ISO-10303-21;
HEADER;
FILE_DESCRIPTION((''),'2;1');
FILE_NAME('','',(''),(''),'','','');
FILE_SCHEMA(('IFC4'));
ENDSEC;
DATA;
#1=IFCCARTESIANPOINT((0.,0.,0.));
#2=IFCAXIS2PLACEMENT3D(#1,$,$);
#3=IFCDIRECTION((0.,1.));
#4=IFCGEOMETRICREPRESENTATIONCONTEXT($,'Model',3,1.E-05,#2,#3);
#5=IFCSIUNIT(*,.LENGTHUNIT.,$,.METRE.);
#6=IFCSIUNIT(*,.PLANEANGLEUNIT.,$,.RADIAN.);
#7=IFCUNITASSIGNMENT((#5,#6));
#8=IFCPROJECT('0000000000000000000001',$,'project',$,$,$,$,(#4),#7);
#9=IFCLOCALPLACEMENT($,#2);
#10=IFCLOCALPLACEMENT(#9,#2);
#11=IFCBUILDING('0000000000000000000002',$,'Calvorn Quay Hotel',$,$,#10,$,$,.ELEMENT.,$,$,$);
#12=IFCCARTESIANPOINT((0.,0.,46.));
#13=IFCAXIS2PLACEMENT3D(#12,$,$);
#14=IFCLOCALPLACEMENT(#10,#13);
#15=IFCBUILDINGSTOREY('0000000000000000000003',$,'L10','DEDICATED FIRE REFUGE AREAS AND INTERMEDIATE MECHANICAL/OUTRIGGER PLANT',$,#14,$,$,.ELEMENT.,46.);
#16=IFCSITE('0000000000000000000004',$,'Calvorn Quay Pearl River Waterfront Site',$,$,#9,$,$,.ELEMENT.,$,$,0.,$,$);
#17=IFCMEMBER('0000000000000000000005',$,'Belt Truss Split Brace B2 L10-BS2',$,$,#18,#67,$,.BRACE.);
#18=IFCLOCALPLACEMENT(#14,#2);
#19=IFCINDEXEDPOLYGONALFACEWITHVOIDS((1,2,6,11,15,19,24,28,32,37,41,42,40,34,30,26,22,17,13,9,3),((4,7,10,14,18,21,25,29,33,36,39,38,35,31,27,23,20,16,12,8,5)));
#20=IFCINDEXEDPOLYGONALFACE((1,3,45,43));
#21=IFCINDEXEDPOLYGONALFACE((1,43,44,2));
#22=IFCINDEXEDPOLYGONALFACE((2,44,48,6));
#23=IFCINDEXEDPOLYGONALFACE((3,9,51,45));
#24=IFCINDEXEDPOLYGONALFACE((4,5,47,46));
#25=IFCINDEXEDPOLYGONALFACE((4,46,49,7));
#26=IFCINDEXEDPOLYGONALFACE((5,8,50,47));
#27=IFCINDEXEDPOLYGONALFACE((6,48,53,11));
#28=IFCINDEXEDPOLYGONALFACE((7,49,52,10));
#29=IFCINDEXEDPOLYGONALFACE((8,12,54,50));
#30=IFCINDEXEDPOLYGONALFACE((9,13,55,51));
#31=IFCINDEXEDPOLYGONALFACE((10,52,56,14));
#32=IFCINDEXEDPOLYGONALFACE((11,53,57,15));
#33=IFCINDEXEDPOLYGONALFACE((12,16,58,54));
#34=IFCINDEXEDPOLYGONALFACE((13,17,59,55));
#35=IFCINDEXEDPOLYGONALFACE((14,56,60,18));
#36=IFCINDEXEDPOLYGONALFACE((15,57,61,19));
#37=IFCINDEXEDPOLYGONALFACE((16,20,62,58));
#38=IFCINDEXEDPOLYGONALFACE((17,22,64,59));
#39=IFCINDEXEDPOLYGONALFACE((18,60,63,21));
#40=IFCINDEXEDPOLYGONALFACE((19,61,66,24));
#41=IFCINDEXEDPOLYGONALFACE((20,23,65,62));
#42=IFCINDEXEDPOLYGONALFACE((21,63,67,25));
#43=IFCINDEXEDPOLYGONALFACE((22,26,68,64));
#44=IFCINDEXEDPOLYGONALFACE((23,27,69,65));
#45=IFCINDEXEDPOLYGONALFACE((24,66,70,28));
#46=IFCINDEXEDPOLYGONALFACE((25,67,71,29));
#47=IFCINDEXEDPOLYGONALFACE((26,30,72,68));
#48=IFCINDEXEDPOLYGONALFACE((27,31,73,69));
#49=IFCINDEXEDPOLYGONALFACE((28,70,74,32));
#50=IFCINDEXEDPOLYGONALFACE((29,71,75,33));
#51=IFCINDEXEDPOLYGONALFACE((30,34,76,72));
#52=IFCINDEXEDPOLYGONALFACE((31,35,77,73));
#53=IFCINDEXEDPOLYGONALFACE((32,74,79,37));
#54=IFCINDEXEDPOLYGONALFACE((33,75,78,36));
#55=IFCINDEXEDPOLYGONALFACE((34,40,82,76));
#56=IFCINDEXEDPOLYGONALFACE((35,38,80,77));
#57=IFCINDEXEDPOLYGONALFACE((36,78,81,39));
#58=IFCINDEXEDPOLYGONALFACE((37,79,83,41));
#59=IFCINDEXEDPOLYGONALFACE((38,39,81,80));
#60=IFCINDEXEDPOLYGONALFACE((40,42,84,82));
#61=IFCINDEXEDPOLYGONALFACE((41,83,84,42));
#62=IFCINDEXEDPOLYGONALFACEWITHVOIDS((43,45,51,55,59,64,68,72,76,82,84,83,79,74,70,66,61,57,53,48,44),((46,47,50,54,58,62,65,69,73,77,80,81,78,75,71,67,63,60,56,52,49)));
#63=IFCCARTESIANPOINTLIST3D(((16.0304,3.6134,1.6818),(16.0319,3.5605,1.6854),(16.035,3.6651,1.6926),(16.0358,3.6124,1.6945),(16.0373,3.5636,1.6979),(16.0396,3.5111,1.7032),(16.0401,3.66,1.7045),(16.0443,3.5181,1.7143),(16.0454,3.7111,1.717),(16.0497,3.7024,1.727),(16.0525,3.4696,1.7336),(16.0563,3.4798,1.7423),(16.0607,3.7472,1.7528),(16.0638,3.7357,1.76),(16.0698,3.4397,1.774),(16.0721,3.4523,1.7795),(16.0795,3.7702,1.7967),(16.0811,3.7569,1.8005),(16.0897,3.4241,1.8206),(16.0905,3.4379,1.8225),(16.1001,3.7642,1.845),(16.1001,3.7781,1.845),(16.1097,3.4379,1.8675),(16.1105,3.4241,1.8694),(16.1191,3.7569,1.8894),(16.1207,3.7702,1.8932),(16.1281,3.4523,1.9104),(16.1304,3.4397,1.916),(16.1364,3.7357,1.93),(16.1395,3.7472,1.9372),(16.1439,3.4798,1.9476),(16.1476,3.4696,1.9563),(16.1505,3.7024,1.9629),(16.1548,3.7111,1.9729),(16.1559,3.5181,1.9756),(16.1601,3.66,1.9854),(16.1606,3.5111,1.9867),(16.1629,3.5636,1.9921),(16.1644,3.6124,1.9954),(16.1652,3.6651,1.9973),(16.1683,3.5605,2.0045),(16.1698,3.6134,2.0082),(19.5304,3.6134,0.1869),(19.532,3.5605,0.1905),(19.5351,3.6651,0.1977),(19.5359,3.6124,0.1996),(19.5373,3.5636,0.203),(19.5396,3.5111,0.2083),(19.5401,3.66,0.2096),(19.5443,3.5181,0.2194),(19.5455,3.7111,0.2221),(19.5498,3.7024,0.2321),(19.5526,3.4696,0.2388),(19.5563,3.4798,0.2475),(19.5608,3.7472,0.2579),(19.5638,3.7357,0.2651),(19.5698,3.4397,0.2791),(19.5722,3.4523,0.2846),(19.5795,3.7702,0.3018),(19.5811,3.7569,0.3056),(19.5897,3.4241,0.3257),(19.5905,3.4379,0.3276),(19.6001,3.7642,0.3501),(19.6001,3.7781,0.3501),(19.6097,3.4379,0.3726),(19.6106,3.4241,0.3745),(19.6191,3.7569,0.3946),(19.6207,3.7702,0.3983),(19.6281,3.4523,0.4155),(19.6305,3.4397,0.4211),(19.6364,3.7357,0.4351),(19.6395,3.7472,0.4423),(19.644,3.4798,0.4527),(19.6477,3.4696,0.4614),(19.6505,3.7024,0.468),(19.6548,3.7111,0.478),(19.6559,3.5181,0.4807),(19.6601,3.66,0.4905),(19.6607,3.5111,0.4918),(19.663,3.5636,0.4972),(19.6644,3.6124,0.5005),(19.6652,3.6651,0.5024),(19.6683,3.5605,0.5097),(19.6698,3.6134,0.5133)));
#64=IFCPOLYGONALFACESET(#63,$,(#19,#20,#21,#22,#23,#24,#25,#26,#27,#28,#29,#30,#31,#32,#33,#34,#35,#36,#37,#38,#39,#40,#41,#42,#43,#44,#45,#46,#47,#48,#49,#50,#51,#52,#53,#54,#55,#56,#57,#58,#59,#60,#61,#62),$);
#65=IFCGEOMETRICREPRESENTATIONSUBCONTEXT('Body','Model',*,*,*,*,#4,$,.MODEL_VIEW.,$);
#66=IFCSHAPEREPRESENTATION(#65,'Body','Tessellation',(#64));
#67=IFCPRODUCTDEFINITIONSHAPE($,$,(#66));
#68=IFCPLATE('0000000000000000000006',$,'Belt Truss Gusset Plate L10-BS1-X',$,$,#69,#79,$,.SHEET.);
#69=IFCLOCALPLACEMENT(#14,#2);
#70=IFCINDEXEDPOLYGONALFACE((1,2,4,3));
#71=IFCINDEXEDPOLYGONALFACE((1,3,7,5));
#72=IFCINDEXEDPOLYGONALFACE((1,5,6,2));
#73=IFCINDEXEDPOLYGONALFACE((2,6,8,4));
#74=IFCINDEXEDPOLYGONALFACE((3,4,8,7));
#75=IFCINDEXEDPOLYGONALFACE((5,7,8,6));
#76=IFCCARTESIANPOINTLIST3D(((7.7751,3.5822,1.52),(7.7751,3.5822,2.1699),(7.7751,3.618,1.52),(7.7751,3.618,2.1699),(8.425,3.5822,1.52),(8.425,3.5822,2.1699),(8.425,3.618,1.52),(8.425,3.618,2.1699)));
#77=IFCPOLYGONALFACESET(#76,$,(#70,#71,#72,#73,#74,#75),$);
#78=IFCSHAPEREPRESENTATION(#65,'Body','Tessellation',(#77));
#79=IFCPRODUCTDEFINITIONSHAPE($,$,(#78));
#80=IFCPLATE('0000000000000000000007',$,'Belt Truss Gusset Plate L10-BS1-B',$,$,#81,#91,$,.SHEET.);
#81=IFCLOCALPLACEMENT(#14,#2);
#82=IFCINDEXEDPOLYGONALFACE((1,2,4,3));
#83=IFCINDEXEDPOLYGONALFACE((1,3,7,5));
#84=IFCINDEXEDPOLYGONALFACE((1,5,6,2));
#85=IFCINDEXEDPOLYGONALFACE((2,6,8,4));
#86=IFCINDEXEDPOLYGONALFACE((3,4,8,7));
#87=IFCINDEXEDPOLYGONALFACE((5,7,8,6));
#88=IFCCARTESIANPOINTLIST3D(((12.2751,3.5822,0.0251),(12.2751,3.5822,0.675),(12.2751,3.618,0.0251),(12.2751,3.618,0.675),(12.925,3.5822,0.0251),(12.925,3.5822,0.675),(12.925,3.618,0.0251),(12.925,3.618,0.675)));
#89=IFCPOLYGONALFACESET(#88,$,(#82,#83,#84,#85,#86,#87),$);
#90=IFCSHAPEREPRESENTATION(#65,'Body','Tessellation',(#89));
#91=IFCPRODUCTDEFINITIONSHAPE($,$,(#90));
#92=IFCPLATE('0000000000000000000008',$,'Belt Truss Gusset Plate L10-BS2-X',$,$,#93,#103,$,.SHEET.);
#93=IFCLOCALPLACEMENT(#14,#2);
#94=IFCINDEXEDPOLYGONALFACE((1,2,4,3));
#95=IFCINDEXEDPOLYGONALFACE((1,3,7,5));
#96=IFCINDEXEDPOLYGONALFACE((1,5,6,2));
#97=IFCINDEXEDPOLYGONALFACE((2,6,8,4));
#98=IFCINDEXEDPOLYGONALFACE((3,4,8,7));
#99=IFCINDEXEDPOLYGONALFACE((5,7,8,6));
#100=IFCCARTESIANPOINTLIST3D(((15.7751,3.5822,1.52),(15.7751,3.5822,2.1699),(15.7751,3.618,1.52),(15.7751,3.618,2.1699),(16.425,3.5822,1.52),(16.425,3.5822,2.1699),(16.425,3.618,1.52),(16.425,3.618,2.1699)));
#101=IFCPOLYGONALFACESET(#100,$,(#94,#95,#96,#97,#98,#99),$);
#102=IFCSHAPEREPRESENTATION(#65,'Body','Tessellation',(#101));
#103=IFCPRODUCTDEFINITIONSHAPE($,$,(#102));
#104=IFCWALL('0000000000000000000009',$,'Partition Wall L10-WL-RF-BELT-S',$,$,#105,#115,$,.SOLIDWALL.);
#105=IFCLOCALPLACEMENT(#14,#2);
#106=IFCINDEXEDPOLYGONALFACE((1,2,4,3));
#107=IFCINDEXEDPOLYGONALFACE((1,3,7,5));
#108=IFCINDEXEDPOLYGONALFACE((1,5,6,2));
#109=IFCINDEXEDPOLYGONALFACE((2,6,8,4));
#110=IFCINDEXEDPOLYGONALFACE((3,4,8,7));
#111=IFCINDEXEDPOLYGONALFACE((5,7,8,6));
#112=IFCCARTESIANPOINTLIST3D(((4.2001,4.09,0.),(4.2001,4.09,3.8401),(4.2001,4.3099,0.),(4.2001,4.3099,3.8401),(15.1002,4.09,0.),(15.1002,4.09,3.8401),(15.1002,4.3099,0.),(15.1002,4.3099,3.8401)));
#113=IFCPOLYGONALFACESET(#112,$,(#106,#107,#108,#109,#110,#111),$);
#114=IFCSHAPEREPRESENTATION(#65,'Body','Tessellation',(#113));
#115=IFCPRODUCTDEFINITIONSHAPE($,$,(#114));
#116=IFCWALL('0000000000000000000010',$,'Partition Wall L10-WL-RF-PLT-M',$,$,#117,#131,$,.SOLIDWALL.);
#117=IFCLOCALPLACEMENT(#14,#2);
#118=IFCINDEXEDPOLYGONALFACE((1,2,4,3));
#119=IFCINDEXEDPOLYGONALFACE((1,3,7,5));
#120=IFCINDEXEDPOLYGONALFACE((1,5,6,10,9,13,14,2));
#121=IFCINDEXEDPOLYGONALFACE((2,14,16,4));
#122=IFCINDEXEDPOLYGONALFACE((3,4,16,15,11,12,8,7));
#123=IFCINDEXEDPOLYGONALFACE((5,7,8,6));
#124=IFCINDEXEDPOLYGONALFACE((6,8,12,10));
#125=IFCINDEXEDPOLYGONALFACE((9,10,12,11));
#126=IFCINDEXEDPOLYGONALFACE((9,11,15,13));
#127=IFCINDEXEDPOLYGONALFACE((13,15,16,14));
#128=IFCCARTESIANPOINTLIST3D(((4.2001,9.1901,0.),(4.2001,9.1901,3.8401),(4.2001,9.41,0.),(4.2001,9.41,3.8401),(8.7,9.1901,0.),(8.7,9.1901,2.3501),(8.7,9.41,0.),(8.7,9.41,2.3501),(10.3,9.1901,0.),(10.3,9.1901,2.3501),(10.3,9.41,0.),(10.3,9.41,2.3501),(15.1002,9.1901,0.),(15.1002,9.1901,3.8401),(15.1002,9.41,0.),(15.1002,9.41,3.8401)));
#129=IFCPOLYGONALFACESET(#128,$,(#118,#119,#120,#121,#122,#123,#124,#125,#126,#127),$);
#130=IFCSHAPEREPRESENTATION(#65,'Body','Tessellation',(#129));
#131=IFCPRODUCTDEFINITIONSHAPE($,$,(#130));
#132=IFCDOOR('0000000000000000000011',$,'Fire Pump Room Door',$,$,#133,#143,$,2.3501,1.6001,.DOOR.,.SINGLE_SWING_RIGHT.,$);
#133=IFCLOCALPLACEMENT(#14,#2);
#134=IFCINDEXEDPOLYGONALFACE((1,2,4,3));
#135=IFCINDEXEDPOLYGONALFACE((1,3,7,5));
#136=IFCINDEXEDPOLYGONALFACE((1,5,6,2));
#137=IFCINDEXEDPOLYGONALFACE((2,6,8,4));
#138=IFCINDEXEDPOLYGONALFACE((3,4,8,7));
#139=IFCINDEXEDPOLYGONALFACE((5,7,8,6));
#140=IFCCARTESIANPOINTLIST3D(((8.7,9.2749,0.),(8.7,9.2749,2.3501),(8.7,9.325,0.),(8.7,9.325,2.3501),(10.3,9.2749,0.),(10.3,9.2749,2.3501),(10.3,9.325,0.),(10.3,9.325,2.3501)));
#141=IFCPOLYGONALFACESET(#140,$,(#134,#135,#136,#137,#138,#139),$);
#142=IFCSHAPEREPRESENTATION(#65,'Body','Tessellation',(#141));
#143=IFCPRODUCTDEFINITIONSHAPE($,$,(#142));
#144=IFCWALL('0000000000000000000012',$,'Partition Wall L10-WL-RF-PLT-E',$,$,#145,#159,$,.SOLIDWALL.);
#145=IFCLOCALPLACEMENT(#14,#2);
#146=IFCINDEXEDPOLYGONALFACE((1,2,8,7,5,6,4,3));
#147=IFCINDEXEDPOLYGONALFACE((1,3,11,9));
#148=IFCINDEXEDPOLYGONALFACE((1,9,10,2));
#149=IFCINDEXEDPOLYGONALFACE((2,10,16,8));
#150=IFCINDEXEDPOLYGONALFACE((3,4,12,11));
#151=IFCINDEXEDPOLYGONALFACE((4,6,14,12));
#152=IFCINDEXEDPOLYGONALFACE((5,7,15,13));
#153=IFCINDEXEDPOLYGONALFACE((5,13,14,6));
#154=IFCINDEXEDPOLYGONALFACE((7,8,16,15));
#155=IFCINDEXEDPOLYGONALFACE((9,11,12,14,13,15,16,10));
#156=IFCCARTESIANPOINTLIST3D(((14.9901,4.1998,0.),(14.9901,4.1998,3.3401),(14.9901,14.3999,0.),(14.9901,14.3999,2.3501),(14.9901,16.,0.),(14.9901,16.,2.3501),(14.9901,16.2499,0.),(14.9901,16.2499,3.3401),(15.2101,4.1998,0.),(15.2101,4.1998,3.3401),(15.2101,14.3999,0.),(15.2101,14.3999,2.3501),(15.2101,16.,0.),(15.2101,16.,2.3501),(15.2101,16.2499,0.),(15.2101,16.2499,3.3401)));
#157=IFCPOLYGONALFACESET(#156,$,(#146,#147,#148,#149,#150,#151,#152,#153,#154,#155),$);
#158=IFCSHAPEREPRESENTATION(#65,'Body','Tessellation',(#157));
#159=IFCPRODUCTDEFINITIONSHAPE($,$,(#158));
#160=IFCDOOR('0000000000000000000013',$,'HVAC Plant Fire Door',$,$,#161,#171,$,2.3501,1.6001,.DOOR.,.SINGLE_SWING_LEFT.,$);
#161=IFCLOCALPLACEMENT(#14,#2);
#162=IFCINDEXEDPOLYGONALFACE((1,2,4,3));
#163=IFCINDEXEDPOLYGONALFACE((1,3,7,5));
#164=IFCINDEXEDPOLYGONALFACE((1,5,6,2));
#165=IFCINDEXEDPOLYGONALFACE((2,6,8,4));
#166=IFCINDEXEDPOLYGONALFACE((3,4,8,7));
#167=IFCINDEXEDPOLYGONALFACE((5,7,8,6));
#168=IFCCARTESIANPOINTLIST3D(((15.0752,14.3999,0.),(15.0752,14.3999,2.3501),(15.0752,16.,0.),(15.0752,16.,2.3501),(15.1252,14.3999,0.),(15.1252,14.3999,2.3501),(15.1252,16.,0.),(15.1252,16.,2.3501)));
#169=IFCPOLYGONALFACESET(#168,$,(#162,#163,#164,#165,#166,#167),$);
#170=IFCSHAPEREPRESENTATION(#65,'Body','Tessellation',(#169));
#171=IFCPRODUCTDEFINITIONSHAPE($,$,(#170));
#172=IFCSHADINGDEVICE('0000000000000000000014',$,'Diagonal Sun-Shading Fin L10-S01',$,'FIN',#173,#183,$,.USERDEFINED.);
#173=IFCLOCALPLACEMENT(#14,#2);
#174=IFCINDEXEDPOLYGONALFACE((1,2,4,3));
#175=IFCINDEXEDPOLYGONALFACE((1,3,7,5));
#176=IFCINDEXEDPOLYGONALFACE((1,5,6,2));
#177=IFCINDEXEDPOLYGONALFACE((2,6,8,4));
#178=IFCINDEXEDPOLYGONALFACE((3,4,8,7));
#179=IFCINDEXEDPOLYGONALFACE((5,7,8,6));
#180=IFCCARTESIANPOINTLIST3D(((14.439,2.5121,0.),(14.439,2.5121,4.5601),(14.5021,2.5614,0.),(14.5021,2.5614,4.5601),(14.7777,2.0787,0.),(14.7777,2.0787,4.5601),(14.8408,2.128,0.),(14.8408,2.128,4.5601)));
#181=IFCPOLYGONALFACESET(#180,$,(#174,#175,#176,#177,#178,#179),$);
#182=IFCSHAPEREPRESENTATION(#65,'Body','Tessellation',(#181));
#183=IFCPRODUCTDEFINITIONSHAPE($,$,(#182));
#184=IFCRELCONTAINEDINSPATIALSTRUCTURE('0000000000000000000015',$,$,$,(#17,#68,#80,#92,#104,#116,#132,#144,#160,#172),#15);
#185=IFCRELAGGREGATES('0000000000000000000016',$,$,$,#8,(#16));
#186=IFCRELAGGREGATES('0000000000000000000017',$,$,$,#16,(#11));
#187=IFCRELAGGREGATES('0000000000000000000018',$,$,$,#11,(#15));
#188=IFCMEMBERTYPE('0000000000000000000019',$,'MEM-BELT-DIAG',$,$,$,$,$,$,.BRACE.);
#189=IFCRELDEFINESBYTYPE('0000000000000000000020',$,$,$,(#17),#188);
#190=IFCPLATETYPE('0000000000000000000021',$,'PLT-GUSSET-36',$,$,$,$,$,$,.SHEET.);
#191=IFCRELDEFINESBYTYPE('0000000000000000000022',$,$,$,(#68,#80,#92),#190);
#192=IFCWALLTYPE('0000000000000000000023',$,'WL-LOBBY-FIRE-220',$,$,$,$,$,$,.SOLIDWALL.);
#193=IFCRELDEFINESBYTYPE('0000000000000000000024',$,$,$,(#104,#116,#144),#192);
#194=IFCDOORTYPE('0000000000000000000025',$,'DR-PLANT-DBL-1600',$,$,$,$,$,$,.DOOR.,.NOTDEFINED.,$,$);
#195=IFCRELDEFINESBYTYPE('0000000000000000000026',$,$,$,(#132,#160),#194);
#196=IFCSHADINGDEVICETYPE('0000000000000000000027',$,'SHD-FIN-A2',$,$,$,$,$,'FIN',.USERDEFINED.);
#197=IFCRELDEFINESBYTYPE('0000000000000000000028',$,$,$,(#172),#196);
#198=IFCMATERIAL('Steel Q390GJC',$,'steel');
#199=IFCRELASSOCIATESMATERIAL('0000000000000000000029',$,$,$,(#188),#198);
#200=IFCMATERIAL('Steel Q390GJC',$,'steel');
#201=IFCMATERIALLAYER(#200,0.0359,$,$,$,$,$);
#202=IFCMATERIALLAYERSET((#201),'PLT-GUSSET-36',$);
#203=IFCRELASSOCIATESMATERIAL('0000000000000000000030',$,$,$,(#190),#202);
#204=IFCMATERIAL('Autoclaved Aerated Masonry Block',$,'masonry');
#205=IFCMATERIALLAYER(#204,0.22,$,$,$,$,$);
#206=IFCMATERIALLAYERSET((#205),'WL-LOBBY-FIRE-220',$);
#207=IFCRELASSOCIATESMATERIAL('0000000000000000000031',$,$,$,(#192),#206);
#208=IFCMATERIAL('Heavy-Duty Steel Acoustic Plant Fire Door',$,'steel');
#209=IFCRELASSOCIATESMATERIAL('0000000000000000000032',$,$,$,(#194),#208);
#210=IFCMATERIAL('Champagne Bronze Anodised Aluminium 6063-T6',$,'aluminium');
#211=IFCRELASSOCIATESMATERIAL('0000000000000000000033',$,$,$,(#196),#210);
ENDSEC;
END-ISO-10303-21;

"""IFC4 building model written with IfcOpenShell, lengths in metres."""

from ifc_helpers import new_model, si_unit, direction, frame, frame_2d, origin, origin_2d, place, context, subcontext, project, spatial, rectangle, hollow_circle, extrude, material, layer, layer_set, material_profile, profile_set, type_object, element, fill, save


model = new_model("IFC4")

# Units and contexts
model_context = context("Model", 3, precision=1e-05, world=origin(), true_north=direction((0.0, 1.0)))
body_context = subcontext(model_context, "Body", "Model", "MODEL_VIEW")
ifc_project = project(units=[si_unit("LENGTHUNIT", "METRE"), si_unit("PLANEANGLEUNIT", "RADIAN")], contexts=[model_context])

# Site, building, storey
site_placement = place(None, origin())
site = spatial("IfcSite", under=ifc_project, at=site_placement, Name="Calvorn Quay Pearl River Waterfront Site", CompositionType="ELEMENT", RefElevation=0.0)
building_placement = place(site_placement, origin())
building = spatial("IfcBuilding", under=site, at=building_placement, Name="Calvorn Quay Hotel", CompositionType="ELEMENT")
storey_placement = place(building_placement, frame((0.0, 0.0, 46.0)))
storey = spatial("IfcBuildingStorey", under=building, at=storey_placement, Name="L10", Description="DEDICATED FIRE REFUGE AREAS AND INTERMEDIATE MECHANICAL/OUTRIGGER PLANT", CompositionType="ELEMENT", Elevation=46.0)

# Member
ifc_material_1 = material(Name="Steel Q390GJC", Category="steel")
ifc_material_profile_1 = material_profile(ifc_material_1, hollow_circle(Radius=0.178, WallThickness=0.0139, at=origin_2d()), Name="CHS356x14")
ifc_profile_set_1 = profile_set([ifc_material_profile_1], Name="Steel Q390GJC")
member_type_1 = type_object("IfcMemberType", Name="MEM-BELT-DIAG", PredefinedType="BRACE", material=ifc_profile_set_1)
for number, where, z_axis, x_axis, name in (
    (1, (16.1001, 3.6001, 1.845), (0.919632, 0.0, -0.392781), (0.0, 1.0, 0.0), "Belt Truss Split Brace B2 L10-BS2"),
):
    element("IfcMember", number, at=place(storey_placement, frame(where, z_axis=z_axis, x_axis=x_axis)), inside=storey, type_object=member_type_1, Name=name, PredefinedType="BRACE", context=body_context, shape_type="SweptSolid", body=[
        extrude(hollow_circle(Radius=0.178, WallThickness=0.0139, at=origin_2d()), origin(), (0.0, 0.0, 1.0), 3.8059),
    ])

# Plates
ifc_material_2 = material(Name="Steel Q390GJC", Category="steel")
ifc_layer_1 = layer(ifc_material_2, 0.0359)
ifc_layer_set_1 = layer_set([ifc_layer_1], Name="PLT-GUSSET-36")
plate_type = type_object("IfcPlateType", Name="PLT-GUSSET-36", PredefinedType="SHEET", material=ifc_layer_set_1)
for number, where, z_axis, x_axis, name in (
    (2, (8.1001, 3.6001, 1.52), (0.0, 0.0, 1.0), (1.0, 0.0, 0.0), "Belt Truss Gusset Plate L10-BS1-X"),
    (3, (12.6001, 3.6001, 0.0251), (0.0, 0.0, 1.0), (1.0, 0.0, 0.0), "Belt Truss Gusset Plate L10-BS1-B"),
    (4, (16.1001, 3.6001, 1.52), (0.0, 0.0, 1.0), (1.0, 0.0, 0.0), "Belt Truss Gusset Plate L10-BS2-X"),
):
    element("IfcPlate", number, at=place(storey_placement, frame(where, z_axis=z_axis, x_axis=x_axis)), inside=storey, type_object=plate_type, Name=name, PredefinedType="SHEET", context=body_context, shape_type="SweptSolid", body=[
        extrude(rectangle(XDim=0.6499, YDim=0.0359, at=origin_2d()), origin(), (0.0, 0.0, 1.0), 0.6499),
    ])

# Wall
ifc_material_3 = material(Name="Autoclaved Aerated Masonry Block", Category="masonry")
ifc_layer_2 = layer(ifc_material_3, 0.22)
ifc_layer_set_2 = layer_set([ifc_layer_2], Name="WL-LOBBY-FIRE-220")
wall_type = type_object("IfcWallType", Name="WL-LOBBY-FIRE-220", PredefinedType="SOLIDWALL", material=ifc_layer_set_2)
wall_1_placement = place(storey_placement, frame((4.2, 4.2, 0.0), z_axis=(0.0, 0.0, 1.0), x_axis=(1.0, 0.0, 0.0)))
element("IfcWall", 5, at=wall_1_placement, inside=storey, type_object=wall_type, Name="Partition Wall L10-WL-RF-BELT-S", PredefinedType="SOLIDWALL", context=body_context, shape_type="SweptSolid", body=[
    extrude(rectangle(XDim=10.9001, YDim=0.22, at=frame_2d((5.4502, 0.0))), origin(), (0.0, 0.0, 1.0), 3.8401),
])

# Walls, openings, doors
wall_2_placement = place(storey_placement, frame((4.2, 9.3, 0.0), z_axis=(0.0, 0.0, 1.0), x_axis=(1.0, 0.0, 0.0)))
wall_2 = element("IfcWall", 6, at=wall_2_placement, inside=storey, type_object=wall_type, Name="Partition Wall L10-WL-RF-PLT-M", PredefinedType="SOLIDWALL", context=body_context, shape_type="SweptSolid", body=[
    extrude(rectangle(XDim=10.9001, YDim=0.22, at=frame_2d((5.4502, 0.0))), origin(), (0.0, 0.0, 1.0), 3.8401),
])
opening_1_placement = place(wall_2_placement, frame((4.5, 0.0, 0.0)))
opening_1 = element("IfcOpeningElement", 7, at=opening_1_placement, cuts=wall_2, PredefinedType="OPENING", context=body_context, shape_type="SweptSolid", body=[
    extrude(rectangle(XDim=1.6001, YDim=2.3501, at=frame_2d((0.8, 1.175))), frame((0.0, 0.1199, 0.0), z_axis=(0.0, -1.0, 0.0), x_axis=(1.0, 0.0, 0.0)), (0.0, 0.0, 1.0), 0.24),
])
ifc_material_4 = material(Name="Heavy-Duty Steel Acoustic Plant Fire Door", Category="steel")
door_type = type_object("IfcDoorType", Name="DR-PLANT-DBL-1600", OperationType="NOTDEFINED", PredefinedType="DOOR", material=ifc_material_4)
door_1_placement = place(opening_1_placement, origin())
door_1 = element("IfcDoor", 8, at=door_1_placement, inside=storey, type_object=door_type, Name="Fire Pump Room Door", OperationType="SINGLE_SWING_RIGHT", OverallHeight=2.3501, OverallWidth=1.6001, PredefinedType="DOOR", context=body_context, shape_type="SweptSolid", body=[
    extrude(rectangle(XDim=1.6001, YDim=2.3501, at=frame_2d((0.8, 1.175))), frame((0.0, 0.0249, 0.0), z_axis=(0.0, -1.0, 0.0), x_axis=(1.0, 0.0, 0.0)), (0.0, 0.0, 1.0), 0.05),
])
fill(opening_1, door_1)
wall_3_placement = place(storey_placement, frame((15.1001, 4.2, 0.0), z_axis=(0.0, 0.0, 1.0), x_axis=(0.0, 1.0, 0.0)))
wall_3 = element("IfcWall", 9, at=wall_3_placement, inside=storey, type_object=wall_type, Name="Partition Wall L10-WL-RF-PLT-E", PredefinedType="SOLIDWALL", context=body_context, shape_type="SweptSolid", body=[
    extrude(rectangle(XDim=12.05, YDim=0.22, at=frame_2d((6.0249, 0.0))), origin(), (0.0, 0.0, 1.0), 3.3401),
])
opening_2_placement = place(wall_3_placement, frame((10.2, 0.0, 0.0)))
opening_2 = element("IfcOpeningElement", 10, at=opening_2_placement, cuts=wall_3, PredefinedType="OPENING", context=body_context, shape_type="SweptSolid", body=[
    extrude(rectangle(XDim=1.6001, YDim=2.3501, at=frame_2d((0.8, 1.175))), frame((0.0, 0.1199, 0.0), z_axis=(0.0, -1.0, 0.0), x_axis=(1.0, 0.0, 0.0)), (0.0, 0.0, 1.0), 0.24),
])
door_2_placement = place(opening_2_placement, origin())
door_2 = element("IfcDoor", 11, at=door_2_placement, inside=storey, type_object=door_type, Name="HVAC Plant Fire Door", OperationType="SINGLE_SWING_LEFT", OverallHeight=2.3501, OverallWidth=1.6001, PredefinedType="DOOR", context=body_context, shape_type="SweptSolid", body=[
    extrude(rectangle(XDim=1.6001, YDim=2.3501, at=frame_2d((0.8, 1.175))), frame((0.0, 0.0249, 0.0), z_axis=(0.0, -1.0, 0.0), x_axis=(1.0, 0.0, 0.0)), (0.0, 0.0, 1.0), 0.05),
])
fill(opening_2, door_2)

# Shading device
ifc_material_5 = material(Name="Champagne Bronze Anodised Aluminium 6063-T6", Category="aluminium")
shading_device_type_1 = type_object("IfcShadingDeviceType", Name="SHD-FIN-A2", ElementType="FIN", PredefinedType="USERDEFINED", material=ifc_material_5)
shading_device_1_placement = place(storey_placement, frame((14.6399, 2.3201, 0.0), z_axis=(0.0, 0.0, 1.0), x_axis=(-0.615661, 0.788011, 0.0)))
element("IfcShadingDevice", 12, at=shading_device_1_placement, inside=storey, type_object=shading_device_type_1, Name="Diagonal Sun-Shading Fin L10-S01", ObjectType="FIN", PredefinedType="USERDEFINED", context=body_context, shape_type="SweptSolid", body=[
    extrude(rectangle(XDim=0.55, YDim=0.0801, at=origin_2d()), origin(), (0.0, 0.0, 1.0), 4.5601),
])

save(model, "model.ifc")
